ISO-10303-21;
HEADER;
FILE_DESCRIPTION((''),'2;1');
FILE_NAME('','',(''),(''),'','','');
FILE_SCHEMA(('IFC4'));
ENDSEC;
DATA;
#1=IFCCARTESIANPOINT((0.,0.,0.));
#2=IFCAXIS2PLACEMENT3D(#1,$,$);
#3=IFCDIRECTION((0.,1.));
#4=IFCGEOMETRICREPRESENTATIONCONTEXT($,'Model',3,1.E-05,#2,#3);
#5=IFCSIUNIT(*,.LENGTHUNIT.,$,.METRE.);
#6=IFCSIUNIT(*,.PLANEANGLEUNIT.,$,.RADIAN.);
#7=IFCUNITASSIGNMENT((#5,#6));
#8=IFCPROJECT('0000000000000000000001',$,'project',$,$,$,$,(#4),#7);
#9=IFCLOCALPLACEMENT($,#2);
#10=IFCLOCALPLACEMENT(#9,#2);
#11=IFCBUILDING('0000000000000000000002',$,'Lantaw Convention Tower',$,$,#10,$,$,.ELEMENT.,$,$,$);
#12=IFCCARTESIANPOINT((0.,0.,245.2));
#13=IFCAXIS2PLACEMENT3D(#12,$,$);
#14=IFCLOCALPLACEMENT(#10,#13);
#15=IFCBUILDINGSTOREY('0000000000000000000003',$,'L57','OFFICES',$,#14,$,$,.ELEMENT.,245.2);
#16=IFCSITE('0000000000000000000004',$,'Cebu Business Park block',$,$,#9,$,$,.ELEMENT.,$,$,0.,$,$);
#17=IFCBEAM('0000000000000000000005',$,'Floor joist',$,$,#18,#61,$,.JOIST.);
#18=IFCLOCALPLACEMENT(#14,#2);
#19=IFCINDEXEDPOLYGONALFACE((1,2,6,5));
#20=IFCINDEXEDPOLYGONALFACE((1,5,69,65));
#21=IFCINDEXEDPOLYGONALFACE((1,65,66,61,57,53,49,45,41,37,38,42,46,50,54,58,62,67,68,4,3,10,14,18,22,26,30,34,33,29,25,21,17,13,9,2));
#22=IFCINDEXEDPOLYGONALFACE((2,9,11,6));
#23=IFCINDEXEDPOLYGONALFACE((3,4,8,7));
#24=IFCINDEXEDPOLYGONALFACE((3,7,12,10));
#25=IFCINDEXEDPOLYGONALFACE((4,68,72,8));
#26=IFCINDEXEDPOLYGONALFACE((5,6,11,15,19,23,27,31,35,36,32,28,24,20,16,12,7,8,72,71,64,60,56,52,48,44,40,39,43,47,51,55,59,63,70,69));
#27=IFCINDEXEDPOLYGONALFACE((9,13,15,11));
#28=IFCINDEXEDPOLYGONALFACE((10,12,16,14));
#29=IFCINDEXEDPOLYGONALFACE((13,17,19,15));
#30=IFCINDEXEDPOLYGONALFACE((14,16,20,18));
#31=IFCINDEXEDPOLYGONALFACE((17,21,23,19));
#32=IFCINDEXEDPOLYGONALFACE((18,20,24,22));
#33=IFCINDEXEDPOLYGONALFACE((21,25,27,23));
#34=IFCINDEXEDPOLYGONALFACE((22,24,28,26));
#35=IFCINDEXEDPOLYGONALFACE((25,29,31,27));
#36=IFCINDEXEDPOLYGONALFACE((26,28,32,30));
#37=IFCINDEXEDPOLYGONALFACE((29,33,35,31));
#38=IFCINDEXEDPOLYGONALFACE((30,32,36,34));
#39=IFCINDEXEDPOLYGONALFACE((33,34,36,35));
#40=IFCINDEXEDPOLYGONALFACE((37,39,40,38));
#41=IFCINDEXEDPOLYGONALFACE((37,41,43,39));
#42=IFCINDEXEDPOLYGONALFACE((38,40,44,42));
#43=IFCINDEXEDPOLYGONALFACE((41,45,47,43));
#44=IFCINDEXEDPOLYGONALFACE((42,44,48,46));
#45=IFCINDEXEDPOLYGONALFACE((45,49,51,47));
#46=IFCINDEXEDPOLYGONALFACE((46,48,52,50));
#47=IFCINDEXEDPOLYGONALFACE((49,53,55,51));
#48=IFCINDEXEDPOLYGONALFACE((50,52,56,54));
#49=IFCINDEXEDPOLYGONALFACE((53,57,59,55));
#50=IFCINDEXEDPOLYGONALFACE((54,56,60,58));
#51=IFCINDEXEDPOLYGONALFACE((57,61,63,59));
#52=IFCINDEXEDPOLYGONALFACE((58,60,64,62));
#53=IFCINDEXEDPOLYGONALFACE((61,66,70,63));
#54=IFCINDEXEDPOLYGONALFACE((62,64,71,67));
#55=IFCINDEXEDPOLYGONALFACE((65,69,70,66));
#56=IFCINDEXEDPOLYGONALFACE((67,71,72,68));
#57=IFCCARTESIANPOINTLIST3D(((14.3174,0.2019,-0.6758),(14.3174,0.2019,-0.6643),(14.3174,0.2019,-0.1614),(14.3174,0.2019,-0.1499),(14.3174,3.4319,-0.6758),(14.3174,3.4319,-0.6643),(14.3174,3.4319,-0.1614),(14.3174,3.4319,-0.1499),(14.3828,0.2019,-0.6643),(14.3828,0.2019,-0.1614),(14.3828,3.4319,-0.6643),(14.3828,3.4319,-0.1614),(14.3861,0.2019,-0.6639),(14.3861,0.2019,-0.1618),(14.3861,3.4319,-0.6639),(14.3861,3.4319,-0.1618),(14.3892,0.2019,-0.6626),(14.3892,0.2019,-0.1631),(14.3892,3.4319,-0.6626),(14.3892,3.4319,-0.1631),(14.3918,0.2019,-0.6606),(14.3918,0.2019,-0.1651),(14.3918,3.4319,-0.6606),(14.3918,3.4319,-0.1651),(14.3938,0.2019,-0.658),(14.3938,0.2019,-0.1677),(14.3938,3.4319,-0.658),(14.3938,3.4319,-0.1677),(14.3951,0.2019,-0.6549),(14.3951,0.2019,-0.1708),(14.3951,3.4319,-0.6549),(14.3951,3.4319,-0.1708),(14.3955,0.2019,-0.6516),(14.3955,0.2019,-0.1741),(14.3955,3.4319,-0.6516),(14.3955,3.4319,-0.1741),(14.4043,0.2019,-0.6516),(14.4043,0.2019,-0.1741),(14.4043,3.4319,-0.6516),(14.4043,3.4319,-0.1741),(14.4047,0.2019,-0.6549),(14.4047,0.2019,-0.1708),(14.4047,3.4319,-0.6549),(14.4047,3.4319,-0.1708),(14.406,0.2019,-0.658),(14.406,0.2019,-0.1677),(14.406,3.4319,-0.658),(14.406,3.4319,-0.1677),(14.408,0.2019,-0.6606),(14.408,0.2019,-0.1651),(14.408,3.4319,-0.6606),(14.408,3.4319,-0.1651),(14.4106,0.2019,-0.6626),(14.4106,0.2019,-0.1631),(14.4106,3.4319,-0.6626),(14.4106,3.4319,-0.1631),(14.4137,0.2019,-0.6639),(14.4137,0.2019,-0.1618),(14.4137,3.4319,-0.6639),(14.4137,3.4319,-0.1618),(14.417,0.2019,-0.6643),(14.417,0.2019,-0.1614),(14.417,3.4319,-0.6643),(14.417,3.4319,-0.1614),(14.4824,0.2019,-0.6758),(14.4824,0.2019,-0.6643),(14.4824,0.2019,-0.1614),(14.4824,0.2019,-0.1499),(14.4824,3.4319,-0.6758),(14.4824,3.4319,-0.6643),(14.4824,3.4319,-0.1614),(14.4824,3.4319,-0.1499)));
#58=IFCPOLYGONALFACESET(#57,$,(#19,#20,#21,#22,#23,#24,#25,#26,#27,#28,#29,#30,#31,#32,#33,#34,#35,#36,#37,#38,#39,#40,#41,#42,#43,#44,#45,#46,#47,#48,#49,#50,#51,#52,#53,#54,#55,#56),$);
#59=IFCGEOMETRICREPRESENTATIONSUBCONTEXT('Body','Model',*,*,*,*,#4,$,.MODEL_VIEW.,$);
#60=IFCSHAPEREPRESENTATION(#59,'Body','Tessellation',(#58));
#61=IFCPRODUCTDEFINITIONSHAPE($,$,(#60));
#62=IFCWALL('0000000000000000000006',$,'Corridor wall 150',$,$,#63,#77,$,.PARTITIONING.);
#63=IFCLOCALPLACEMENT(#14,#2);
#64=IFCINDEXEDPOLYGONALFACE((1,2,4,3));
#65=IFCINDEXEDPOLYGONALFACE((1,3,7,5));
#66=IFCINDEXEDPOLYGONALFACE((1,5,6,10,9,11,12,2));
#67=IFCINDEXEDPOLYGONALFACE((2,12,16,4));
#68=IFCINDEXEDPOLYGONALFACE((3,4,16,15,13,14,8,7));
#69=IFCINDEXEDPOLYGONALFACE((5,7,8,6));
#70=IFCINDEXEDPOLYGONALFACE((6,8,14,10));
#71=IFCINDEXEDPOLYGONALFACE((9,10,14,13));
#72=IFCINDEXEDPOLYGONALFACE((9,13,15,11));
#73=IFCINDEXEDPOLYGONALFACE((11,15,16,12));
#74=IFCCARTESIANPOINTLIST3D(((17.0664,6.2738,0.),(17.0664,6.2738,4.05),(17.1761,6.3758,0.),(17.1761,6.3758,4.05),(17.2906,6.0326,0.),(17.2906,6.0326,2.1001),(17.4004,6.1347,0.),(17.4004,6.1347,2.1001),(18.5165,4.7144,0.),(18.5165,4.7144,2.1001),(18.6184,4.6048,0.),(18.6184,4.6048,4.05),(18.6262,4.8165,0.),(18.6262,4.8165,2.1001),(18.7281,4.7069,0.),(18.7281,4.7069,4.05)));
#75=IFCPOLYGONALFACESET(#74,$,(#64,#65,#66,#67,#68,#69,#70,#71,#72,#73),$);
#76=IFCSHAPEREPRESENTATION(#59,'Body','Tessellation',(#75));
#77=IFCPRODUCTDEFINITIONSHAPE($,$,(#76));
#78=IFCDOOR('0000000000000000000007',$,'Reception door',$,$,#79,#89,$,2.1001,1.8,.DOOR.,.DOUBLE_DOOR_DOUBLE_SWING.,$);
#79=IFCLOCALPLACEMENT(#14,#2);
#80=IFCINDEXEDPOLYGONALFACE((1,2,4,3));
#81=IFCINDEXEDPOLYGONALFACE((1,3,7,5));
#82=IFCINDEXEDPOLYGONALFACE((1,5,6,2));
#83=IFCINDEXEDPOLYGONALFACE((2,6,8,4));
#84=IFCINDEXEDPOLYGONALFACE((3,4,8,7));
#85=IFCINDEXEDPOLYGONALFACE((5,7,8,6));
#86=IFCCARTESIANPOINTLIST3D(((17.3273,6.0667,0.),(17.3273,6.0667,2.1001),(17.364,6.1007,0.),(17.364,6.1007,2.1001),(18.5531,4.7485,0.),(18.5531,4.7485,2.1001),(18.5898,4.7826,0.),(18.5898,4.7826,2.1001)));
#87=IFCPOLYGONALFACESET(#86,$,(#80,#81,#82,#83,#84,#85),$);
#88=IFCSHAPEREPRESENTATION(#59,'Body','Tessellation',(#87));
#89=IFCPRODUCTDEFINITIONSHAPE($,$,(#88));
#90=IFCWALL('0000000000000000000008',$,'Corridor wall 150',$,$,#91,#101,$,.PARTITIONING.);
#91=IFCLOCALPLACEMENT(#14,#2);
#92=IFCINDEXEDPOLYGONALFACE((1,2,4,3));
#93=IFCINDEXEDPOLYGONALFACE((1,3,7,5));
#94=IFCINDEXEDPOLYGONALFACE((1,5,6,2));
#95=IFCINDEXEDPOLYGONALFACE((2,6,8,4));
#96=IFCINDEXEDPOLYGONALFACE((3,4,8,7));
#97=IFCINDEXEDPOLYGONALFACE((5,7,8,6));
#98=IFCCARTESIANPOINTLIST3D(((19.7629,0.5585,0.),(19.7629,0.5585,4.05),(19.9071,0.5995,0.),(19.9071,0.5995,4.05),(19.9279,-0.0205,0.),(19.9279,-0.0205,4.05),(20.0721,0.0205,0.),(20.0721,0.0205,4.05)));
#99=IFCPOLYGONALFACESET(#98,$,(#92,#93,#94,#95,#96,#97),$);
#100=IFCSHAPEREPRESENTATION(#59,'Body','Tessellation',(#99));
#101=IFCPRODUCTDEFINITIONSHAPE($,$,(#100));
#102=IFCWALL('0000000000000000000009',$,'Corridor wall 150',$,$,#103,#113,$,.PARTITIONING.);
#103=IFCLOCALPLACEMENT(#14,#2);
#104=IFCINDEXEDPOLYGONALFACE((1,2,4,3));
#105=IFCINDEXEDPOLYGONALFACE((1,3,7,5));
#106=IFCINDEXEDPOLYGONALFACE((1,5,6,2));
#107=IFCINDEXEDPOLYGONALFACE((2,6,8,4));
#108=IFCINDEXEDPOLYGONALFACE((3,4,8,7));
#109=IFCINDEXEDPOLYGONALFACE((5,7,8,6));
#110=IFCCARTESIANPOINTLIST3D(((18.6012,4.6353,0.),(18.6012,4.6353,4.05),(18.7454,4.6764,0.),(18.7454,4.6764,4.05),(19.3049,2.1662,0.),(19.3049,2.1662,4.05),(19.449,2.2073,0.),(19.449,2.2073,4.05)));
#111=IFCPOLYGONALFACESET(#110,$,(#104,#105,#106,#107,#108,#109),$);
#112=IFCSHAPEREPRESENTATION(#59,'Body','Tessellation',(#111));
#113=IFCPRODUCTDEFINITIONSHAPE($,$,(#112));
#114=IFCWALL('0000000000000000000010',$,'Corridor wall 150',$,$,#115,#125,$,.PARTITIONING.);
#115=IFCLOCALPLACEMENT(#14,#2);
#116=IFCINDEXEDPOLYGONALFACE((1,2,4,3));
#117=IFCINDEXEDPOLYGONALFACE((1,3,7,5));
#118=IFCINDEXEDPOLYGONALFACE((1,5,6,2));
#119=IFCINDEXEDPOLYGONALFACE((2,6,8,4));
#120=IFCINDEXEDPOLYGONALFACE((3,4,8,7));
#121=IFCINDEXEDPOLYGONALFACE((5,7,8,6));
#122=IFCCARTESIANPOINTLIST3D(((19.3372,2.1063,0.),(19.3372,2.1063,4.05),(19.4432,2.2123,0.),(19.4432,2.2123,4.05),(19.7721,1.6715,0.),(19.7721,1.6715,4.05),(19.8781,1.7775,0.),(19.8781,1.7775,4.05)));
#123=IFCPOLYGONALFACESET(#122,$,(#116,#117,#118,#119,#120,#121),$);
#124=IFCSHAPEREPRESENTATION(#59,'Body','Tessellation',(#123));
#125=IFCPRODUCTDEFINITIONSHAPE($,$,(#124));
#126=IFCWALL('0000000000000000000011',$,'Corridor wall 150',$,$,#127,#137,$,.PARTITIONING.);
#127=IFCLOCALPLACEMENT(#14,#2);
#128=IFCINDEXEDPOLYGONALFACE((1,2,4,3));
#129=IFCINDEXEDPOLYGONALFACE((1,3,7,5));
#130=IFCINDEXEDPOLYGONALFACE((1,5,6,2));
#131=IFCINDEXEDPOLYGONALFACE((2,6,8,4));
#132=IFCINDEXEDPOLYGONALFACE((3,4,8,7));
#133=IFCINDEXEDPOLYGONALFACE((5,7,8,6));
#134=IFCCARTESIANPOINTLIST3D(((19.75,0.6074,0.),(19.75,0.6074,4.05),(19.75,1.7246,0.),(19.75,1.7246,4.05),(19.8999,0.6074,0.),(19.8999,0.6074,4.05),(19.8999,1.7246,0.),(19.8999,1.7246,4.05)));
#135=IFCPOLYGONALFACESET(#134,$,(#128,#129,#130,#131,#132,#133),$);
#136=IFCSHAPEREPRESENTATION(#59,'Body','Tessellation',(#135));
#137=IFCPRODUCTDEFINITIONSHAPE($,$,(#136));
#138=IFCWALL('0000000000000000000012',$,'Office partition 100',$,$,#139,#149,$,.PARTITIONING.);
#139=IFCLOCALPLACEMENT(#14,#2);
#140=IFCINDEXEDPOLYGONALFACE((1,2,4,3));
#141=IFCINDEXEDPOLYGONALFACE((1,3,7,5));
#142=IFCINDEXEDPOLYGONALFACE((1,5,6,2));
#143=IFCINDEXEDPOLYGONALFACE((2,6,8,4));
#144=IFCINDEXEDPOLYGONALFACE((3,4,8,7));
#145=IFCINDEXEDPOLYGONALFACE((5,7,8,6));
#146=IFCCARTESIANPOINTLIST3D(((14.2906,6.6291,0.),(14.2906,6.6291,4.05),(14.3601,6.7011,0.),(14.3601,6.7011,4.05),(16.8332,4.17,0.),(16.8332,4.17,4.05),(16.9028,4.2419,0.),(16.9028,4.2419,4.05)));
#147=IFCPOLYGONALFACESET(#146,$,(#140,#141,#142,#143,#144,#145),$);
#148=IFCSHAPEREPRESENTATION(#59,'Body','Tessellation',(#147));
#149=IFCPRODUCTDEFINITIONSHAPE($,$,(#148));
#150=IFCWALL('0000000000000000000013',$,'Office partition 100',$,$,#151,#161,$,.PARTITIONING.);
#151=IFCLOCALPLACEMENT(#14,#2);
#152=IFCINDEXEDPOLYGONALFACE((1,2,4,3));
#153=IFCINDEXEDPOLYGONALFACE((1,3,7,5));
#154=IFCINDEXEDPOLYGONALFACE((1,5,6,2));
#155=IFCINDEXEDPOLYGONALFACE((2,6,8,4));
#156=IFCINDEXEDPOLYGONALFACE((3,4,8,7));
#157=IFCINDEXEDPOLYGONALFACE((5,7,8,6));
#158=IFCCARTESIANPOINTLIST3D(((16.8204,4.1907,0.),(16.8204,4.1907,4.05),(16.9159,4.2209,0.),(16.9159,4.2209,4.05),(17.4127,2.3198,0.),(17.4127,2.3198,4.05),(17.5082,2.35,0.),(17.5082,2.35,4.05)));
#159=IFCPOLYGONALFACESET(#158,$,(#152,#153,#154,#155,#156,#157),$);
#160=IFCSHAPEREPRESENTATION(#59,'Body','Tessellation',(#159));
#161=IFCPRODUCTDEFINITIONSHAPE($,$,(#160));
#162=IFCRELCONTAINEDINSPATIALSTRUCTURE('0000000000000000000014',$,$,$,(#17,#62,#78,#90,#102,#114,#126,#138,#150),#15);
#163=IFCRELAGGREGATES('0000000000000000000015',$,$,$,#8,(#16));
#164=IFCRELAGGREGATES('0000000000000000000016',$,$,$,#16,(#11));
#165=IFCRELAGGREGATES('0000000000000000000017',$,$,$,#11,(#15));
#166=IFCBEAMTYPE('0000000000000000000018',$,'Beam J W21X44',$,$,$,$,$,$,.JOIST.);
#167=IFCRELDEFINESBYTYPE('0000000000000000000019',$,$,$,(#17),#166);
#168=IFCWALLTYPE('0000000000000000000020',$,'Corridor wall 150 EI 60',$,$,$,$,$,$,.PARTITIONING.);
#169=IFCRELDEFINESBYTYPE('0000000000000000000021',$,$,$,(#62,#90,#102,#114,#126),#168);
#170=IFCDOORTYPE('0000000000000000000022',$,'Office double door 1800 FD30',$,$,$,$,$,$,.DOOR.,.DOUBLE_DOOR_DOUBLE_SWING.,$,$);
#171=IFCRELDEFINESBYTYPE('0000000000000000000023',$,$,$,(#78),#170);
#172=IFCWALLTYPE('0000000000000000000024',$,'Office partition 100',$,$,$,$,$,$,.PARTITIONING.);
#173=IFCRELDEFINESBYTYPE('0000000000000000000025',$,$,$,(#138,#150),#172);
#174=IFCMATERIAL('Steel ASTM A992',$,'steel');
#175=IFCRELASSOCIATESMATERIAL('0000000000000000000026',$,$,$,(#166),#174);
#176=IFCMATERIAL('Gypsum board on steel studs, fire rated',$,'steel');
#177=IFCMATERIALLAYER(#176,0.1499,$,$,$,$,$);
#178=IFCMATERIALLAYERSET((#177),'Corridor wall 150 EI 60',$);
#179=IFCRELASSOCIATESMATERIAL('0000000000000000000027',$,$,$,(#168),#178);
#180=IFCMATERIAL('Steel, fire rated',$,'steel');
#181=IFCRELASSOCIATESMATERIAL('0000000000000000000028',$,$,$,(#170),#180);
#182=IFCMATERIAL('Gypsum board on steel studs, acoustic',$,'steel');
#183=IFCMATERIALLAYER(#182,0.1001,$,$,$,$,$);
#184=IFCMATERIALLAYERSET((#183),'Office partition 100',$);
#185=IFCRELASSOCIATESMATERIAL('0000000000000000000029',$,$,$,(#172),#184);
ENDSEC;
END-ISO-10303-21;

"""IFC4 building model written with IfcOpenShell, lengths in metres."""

from ifc_helpers import new_model, si_unit, direction, frame, frame_2d, origin, origin_2d, place, context, subcontext, project, spatial, rectangle, i_section, extrude, material, layer, layer_set, material_profile, profile_set, type_object, element, fill, save


model = new_model("IFC4")

# Units and contexts
model_context = context("Model", 3, precision=1e-05, world=origin(), true_north=direction((0.0, 1.0)))
body_context = subcontext(model_context, "Body", "Model", "MODEL_VIEW")
ifc_project = project(units=[si_unit("LENGTHUNIT", "METRE"), si_unit("PLANEANGLEUNIT", "RADIAN")], contexts=[model_context])

# Site, building, storey
site_placement = place(None, origin())
site = spatial("IfcSite", under=ifc_project, at=site_placement, Name="Cebu Business Park block", CompositionType="ELEMENT", RefElevation=0.0)
building_placement = place(site_placement, origin())
building = spatial("IfcBuilding", under=site, at=building_placement, Name="Lantaw Convention Tower", CompositionType="ELEMENT")
storey_placement = place(building_placement, frame((0.0, 0.0, 245.2)))
storey = spatial("IfcBuildingStorey", under=building, at=storey_placement, Name="L57", Description="OFFICES", CompositionType="ELEMENT", Elevation=245.2)

# Beam
ifc_material_1 = material(Name="Steel ASTM A992", Category="steel")
ifc_material_profile_1 = material_profile(ifc_material_1, i_section(OverallWidth=0.165, OverallDepth=0.5259, WebThickness=0.0088, FlangeThickness=0.0115, FilletRadius=0.0127, at=origin_2d()), Name="W21X44")
ifc_profile_set_1 = profile_set([ifc_material_profile_1], Name="Steel ASTM A992")
beam_type_1 = type_object("IfcBeamType", Name="Beam J W21X44", PredefinedType="JOIST", material=ifc_profile_set_1)
beam_1_placement = place(storey_placement, frame((14.3999, 0.2019, -0.4128), z_axis=(0.0, 1.0, 0.0), x_axis=(-1.0, 0.0, 0.0)))
element("IfcBeam", 1, at=beam_1_placement, inside=storey, type_object=beam_type_1, Name="Floor joist", PredefinedType="JOIST", context=body_context, shape_type="SweptSolid", body=[
    extrude(i_section(OverallWidth=0.165, OverallDepth=0.5259, WebThickness=0.0088, FlangeThickness=0.0115, FilletRadius=0.0127, at=origin_2d()), origin(), (0.0, 0.0, 1.0), 3.23),
])

# Wall, opening, door
ifc_material_2 = material(Name="Gypsum board on steel studs, fire rated", Category="steel")
ifc_layer_1 = layer(ifc_material_2, 0.1499)
ifc_layer_set_1 = layer_set([ifc_layer_1], Name="Corridor wall 150 EI 60")
wall_type_1 = type_object("IfcWallType", Name="Corridor wall 150 EI 60", PredefinedType="PARTITIONING", material=ifc_layer_set_1)
wall_1_placement = place(storey_placement, frame((18.6733, 4.6558, 0.0), z_axis=(0.0, 0.0, 1.0), x_axis=(-0.680985, 0.732297, 0.0)))
wall_1 = element("IfcWall", 2, at=wall_1_placement, inside=storey, type_object=wall_type_1, Name="Corridor wall 150", PredefinedType="PARTITIONING", context=body_context, shape_type="SweptSolid", body=[
    extrude(rectangle(XDim=2.2791, YDim=0.1499, at=frame_2d((1.1396, 0.0))), origin(), (0.0, 0.0, 1.0), 4.05),
])
opening_1_placement = place(wall_1_placement, frame((0.1499, 0.0, 0.0)))
opening_1 = element("IfcOpeningElement", 3, at=opening_1_placement, cuts=wall_1, PredefinedType="OPENING", context=body_context, shape_type="SweptSolid", body=[
    extrude(rectangle(XDim=1.8, YDim=2.1001, at=frame_2d((0.8999, 1.05))), frame((0.0, 0.085, 0.0), z_axis=(0.0, -1.0, 0.0), x_axis=(1.0, 0.0, 0.0)), (0.0, 0.0, 1.0), 0.1699),
])
ifc_material_3 = material(Name="Steel, fire rated", Category="steel")
door_type_1 = type_object("IfcDoorType", Name="Office double door 1800 FD30", OperationType="DOUBLE_DOOR_DOUBLE_SWING", PredefinedType="DOOR", material=ifc_material_3)
door_1_placement = place(opening_1_placement, origin())
door_1 = element("IfcDoor", 4, at=door_1_placement, inside=storey, type_object=door_type_1, Name="Reception door", OperationType="DOUBLE_DOOR_DOUBLE_SWING", OverallHeight=2.1001, OverallWidth=1.8, PredefinedType="DOOR", context=body_context, shape_type="SweptSolid", body=[
    extrude(rectangle(XDim=1.8, YDim=2.1001, at=frame_2d((0.8999, 1.05))), frame((0.0, 0.0249, 0.0), z_axis=(0.0, -1.0, 0.0), x_axis=(1.0, 0.0, 0.0)), (0.0, 0.0, 1.0), 0.05),
])
fill(opening_1, door_1)

# Walls
wall_2_placement = place(storey_placement, frame((20.0, 0.0, 0.0), z_axis=(0.0, 0.0, 1.0), x_axis=(-0.274078, 0.961707, 0.0)))
element("IfcWall", 5, at=wall_2_placement, inside=storey, type_object=wall_type_1, Name="Corridor wall 150", PredefinedType="PARTITIONING", context=body_context, shape_type="SweptSolid", body=[
    extrude(rectangle(XDim=0.6021, YDim=0.1499, at=frame_2d((0.301, 0.0))), origin(), (0.0, 0.0, 1.0), 4.05),
])
wall_3_placement = place(storey_placement, frame((19.377, 2.1868, 0.0), z_axis=(0.0, 0.0, 1.0), x_axis=(-0.274068, 0.96171, 0.0)))
element("IfcWall", 6, at=wall_3_placement, inside=storey, type_object=wall_type_1, Name="Corridor wall 150", PredefinedType="PARTITIONING", context=body_context, shape_type="SweptSolid", body=[
    extrude(rectangle(XDim=2.5674, YDim=0.1499, at=frame_2d((1.2837, 0.0))), origin(), (0.0, 0.0, 1.0), 4.05),
])
wall_4_placement = place(storey_placement, frame((19.3901, 2.1594, 0.0), z_axis=(0.0, 0.0, 1.0), x_axis=(0.707107, -0.707107, 0.0)))
element("IfcWall", 7, at=wall_4_placement, inside=storey, type_object=wall_type_1, Name="Corridor wall 150", PredefinedType="PARTITIONING", context=body_context, shape_type="SweptSolid", body=[
    extrude(rectangle(XDim=0.615, YDim=0.1499, at=frame_2d((0.3076, 0.0))), origin(), (0.0, 0.0, 1.0), 4.05),
])
wall_5_placement = place(storey_placement, frame((19.825, 1.7246, 0.0), z_axis=(0.0, 0.0, 1.0), x_axis=(0.0, -1.0, 0.0)))
element("IfcWall", 8, at=wall_5_placement, inside=storey, type_object=wall_type_1, Name="Corridor wall 150", PredefinedType="PARTITIONING", context=body_context, shape_type="SweptSolid", body=[
    extrude(rectangle(XDim=1.1172, YDim=0.1499, at=frame_2d((0.5586, 0.0))), origin(), (0.0, 0.0, 1.0), 4.05),
])
ifc_material_4 = material(Name="Gypsum board on steel studs, acoustic", Category="steel")
ifc_layer_2 = layer(ifc_material_4, 0.1001)
ifc_layer_set_2 = layer_set([ifc_layer_2], Name="Office partition 100")
wall_type_2 = type_object("IfcWallType", Name="Office partition 100", PredefinedType="PARTITIONING", material=ifc_layer_set_2)
wall_6_placement = place(storey_placement, frame((14.3254, 6.665, 0.0), z_axis=(0.0, 0.0, 1.0), x_axis=(0.71881, -0.695206, 0.0)))
element("IfcWall", 9, at=wall_6_placement, inside=storey, type_object=wall_type_2, Name="Office partition 100", PredefinedType="PARTITIONING", context=body_context, shape_type="SweptSolid", body=[
    extrude(rectangle(XDim=3.5374, YDim=0.1001, at=frame_2d((1.7686, 0.0))), origin(), (0.0, 0.0, 1.0), 4.05),
])
wall_7_placement = place(storey_placement, frame((16.8682, 4.2058, 0.0), z_axis=(0.0, 0.0, 1.0), x_axis=(0.301822, -0.953364, 0.0)))
element("IfcWall", 10, at=wall_7_placement, inside=storey, type_object=wall_type_2, Name="Office partition 100", PredefinedType="PARTITIONING", context=body_context, shape_type="SweptSolid", body=[
    extrude(rectangle(XDim=1.9624, YDim=0.1001, at=frame_2d((0.9812, 0.0))), origin(), (0.0, 0.0, 1.0), 4.05),
])

save(model, "model.ifc")
